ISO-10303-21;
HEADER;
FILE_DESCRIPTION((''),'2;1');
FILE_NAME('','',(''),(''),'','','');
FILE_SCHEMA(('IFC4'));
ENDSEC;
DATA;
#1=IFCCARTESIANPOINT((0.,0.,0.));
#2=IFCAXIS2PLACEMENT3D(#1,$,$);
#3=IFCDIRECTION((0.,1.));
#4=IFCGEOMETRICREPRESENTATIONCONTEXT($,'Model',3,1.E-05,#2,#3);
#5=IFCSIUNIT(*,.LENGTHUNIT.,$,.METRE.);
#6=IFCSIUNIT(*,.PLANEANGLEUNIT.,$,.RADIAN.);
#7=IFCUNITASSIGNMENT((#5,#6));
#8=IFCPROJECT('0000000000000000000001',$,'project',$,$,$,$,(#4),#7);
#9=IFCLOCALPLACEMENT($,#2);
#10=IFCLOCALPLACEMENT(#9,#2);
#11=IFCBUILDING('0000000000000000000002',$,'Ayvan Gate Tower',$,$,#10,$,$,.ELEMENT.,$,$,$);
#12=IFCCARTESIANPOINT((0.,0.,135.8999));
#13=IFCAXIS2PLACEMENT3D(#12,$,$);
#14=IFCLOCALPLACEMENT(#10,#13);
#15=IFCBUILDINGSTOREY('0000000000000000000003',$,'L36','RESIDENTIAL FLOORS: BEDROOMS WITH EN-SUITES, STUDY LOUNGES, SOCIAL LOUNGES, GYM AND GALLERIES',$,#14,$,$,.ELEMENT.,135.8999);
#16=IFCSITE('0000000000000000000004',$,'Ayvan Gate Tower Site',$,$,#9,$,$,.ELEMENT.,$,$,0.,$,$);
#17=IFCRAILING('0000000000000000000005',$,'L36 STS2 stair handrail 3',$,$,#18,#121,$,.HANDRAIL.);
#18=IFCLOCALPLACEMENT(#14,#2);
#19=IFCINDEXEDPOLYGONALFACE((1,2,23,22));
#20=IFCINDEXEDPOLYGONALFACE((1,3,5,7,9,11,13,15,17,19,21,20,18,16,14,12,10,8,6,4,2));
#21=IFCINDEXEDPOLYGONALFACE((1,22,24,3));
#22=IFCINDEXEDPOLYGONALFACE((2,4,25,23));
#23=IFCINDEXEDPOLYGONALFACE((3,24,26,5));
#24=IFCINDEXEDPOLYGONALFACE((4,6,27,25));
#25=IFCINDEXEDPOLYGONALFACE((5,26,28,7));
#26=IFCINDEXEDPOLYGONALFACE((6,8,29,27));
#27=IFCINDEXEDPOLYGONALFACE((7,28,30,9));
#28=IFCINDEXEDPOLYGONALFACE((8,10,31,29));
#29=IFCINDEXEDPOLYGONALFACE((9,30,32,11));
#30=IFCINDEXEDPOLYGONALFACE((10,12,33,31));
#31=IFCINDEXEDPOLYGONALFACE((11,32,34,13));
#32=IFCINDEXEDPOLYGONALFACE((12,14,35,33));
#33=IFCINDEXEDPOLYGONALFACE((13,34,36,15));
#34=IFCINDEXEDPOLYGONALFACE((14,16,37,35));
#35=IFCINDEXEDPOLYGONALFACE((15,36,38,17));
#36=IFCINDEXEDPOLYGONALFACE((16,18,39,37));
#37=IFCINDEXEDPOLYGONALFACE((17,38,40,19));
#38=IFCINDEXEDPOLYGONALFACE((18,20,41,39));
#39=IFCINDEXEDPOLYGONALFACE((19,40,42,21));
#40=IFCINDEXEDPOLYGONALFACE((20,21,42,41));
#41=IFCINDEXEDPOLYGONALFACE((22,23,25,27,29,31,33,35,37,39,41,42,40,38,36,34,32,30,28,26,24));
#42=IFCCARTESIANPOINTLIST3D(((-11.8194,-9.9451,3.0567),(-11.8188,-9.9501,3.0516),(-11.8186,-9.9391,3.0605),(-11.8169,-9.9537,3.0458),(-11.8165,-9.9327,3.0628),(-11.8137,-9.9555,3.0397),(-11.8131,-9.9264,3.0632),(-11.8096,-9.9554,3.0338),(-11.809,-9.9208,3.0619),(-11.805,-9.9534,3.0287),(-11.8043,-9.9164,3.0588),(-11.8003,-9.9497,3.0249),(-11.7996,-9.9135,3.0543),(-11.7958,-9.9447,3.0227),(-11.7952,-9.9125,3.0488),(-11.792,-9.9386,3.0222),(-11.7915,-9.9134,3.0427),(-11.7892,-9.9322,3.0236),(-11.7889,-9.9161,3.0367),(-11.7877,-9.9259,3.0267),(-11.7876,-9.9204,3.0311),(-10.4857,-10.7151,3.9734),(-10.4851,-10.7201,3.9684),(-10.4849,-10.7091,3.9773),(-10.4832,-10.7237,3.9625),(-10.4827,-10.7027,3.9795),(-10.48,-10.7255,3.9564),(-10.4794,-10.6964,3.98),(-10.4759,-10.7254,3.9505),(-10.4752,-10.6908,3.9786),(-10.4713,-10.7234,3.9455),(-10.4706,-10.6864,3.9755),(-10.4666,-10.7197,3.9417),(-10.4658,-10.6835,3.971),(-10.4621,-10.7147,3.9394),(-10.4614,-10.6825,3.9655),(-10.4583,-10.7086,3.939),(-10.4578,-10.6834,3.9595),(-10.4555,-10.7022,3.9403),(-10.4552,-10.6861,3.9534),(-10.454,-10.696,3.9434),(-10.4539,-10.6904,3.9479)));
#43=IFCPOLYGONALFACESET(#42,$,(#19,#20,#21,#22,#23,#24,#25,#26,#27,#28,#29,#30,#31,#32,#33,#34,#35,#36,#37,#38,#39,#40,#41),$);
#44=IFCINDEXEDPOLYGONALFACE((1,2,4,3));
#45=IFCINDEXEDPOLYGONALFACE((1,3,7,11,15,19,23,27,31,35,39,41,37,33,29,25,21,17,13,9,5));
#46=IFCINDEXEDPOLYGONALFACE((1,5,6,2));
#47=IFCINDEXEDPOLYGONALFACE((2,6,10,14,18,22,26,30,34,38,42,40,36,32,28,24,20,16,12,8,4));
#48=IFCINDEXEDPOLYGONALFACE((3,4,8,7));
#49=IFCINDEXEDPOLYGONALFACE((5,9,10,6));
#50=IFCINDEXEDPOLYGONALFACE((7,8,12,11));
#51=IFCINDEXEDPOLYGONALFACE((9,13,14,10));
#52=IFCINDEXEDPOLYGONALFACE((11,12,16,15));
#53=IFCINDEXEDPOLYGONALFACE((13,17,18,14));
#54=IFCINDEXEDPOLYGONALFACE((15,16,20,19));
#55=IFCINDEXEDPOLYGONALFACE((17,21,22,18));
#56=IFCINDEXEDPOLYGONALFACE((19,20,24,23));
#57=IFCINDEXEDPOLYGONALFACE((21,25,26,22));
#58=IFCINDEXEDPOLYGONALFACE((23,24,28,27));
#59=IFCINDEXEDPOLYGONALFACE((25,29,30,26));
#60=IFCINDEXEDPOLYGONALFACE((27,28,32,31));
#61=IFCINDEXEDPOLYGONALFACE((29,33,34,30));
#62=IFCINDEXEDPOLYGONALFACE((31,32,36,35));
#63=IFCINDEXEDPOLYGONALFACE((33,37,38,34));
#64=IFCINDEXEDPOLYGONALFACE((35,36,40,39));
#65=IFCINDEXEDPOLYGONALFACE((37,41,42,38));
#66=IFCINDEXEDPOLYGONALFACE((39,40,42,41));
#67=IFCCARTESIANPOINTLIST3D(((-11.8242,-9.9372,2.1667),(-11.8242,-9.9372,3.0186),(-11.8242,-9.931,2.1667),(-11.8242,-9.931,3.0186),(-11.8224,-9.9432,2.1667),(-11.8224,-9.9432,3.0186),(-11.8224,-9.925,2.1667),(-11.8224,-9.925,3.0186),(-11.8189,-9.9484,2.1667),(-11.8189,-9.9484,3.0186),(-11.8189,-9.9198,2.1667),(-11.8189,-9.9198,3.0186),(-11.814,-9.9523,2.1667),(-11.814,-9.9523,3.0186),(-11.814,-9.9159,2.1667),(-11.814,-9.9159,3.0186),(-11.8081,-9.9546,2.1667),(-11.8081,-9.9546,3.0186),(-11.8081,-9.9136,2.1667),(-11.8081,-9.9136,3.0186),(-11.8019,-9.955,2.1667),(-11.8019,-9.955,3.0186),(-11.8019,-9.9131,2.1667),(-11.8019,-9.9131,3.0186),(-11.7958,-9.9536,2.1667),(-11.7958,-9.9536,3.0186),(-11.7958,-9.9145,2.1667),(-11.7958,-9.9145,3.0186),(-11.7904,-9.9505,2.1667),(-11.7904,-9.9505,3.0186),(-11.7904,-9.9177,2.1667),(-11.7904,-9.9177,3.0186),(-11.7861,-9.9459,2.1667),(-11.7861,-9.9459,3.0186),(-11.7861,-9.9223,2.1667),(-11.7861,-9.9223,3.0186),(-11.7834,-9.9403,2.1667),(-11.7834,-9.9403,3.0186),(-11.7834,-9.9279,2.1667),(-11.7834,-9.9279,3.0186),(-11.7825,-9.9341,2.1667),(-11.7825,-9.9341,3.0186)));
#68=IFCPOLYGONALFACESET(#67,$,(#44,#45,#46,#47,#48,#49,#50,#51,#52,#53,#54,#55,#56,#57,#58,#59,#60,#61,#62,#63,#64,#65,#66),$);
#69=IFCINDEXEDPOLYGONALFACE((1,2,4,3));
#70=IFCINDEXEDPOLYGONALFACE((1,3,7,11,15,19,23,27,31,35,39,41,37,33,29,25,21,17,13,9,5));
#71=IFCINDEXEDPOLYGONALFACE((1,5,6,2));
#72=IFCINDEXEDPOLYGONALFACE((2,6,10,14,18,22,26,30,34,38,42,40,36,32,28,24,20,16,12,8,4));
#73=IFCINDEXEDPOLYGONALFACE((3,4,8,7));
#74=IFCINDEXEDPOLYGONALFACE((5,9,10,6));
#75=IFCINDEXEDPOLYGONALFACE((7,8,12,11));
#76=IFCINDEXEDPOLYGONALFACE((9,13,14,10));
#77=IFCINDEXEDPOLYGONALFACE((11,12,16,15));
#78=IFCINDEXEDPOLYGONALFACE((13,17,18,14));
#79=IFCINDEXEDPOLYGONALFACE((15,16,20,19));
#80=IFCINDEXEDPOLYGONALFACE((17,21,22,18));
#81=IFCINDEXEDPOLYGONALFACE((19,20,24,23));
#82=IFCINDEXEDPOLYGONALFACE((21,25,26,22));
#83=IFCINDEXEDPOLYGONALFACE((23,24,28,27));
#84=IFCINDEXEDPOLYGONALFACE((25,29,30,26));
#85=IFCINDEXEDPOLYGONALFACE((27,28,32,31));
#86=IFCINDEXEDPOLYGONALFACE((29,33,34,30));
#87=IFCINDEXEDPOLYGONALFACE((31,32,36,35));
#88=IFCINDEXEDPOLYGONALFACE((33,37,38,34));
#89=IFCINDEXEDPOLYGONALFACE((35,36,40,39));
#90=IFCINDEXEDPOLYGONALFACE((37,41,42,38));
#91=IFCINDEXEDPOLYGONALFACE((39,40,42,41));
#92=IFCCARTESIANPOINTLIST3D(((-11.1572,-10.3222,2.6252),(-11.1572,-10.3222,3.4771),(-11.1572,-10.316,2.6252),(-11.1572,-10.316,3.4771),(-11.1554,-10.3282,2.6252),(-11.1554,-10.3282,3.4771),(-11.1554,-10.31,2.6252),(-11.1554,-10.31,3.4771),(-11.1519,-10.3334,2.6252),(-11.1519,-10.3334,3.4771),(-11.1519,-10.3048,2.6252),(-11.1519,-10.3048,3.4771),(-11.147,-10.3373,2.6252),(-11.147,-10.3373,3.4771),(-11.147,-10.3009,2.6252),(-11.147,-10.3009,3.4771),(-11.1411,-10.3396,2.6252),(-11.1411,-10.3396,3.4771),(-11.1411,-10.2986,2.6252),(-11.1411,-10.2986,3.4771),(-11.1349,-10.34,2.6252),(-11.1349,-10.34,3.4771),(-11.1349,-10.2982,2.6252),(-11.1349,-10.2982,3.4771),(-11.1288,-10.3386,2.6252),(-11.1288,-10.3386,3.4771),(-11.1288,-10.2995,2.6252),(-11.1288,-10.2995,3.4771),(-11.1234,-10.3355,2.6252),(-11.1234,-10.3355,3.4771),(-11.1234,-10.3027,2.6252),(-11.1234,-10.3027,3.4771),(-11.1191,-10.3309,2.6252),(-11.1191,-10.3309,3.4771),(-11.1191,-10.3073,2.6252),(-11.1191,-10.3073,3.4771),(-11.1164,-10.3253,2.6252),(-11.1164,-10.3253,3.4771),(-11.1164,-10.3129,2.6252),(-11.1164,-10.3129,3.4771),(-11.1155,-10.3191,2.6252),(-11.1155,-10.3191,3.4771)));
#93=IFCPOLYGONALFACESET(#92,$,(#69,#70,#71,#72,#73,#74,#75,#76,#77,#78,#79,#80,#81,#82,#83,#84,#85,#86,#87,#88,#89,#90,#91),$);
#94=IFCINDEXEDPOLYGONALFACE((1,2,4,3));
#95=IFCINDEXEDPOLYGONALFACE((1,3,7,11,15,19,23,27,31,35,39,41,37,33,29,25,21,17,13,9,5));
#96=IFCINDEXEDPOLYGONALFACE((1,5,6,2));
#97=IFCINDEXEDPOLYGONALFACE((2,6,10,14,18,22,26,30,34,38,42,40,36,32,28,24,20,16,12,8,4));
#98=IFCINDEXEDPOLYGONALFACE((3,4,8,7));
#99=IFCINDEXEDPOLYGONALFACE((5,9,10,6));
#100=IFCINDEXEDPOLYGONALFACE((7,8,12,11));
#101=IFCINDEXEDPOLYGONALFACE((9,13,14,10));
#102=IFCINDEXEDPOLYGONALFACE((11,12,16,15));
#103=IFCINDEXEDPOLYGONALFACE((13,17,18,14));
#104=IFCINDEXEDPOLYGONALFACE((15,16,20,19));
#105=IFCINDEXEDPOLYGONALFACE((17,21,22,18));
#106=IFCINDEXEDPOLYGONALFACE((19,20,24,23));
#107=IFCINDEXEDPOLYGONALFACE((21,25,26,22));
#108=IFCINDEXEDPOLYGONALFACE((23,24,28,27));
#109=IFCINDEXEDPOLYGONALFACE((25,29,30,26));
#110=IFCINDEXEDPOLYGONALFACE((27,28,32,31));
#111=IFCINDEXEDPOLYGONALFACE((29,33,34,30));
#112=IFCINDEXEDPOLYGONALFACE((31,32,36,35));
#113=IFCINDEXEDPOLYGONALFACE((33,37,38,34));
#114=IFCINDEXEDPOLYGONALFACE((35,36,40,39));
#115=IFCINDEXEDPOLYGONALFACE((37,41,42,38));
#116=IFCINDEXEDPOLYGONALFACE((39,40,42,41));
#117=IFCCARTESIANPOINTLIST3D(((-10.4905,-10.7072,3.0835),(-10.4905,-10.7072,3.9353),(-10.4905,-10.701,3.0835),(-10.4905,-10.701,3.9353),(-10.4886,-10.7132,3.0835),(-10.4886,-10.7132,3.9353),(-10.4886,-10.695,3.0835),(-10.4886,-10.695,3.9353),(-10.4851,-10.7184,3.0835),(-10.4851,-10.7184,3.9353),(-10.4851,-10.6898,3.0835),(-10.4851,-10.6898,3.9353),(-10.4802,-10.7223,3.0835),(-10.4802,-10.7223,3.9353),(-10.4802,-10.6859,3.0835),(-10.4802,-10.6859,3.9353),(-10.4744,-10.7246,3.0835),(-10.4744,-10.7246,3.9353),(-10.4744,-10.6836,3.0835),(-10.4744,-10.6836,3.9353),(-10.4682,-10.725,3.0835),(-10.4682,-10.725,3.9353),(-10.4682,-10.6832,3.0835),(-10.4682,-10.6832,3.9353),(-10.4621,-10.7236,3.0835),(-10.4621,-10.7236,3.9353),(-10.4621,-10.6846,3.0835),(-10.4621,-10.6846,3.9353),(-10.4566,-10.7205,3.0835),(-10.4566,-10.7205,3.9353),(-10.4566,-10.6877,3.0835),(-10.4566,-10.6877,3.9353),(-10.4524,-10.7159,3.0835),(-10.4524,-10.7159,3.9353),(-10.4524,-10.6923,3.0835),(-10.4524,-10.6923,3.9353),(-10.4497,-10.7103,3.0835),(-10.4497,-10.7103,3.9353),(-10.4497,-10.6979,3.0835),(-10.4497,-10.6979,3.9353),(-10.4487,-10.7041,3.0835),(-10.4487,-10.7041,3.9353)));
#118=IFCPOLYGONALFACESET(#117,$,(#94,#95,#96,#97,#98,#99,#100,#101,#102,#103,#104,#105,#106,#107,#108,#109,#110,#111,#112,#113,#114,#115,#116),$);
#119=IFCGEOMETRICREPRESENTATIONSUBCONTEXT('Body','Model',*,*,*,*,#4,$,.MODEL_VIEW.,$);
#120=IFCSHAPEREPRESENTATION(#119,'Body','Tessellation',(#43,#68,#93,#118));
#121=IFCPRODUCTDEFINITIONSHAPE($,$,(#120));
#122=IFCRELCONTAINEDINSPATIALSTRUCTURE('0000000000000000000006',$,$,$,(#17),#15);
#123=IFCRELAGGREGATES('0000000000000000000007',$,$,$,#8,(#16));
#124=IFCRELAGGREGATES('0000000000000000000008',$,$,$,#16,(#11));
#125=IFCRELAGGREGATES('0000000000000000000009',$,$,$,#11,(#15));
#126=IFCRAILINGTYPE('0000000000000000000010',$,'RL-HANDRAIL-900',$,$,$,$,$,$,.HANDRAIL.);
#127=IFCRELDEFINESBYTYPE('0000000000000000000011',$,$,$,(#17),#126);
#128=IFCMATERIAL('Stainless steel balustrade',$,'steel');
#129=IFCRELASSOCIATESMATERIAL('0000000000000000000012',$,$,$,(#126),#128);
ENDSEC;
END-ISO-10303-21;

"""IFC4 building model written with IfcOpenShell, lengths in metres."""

from ifc_helpers import new_model, si_unit, direction, frame, origin, origin_2d, place, context, subcontext, project, spatial, circle, extrude, material, type_object, element, save


model = new_model("IFC4")

# Units and contexts
model_context = context("Model", 3, precision=1e-05, world=origin(), true_north=direction((0.0, 1.0)))
body_context = subcontext(model_context, "Body", "Model", "MODEL_VIEW")
ifc_project = project(units=[si_unit("LENGTHUNIT", "METRE"), si_unit("PLANEANGLEUNIT", "RADIAN")], contexts=[model_context])

# Site, building, storey
site_placement = place(None, origin())
site = spatial("IfcSite", under=ifc_project, at=site_placement, Name="Ayvan Gate Tower Site", CompositionType="ELEMENT", RefElevation=0.0)
building_placement = place(site_placement, origin())
building = spatial("IfcBuilding", under=site, at=building_placement, Name="Ayvan Gate Tower", CompositionType="ELEMENT")
storey_placement = place(building_placement, frame((0.0, 0.0, 135.8999)))
storey = spatial("IfcBuildingStorey", under=building, at=storey_placement, Name="L36", Description="RESIDENTIAL FLOORS: BEDROOMS WITH EN-SUITES, STUDY LOUNGES, SOCIAL LOUNGES, GYM AND GALLERIES", CompositionType="ELEMENT", Elevation=135.8999)

# Railing
ifc_material_1 = material(Name="Stainless steel balustrade", Category="steel")
railing_type_1 = type_object("IfcRailingType", Name="RL-HANDRAIL-900", PredefinedType="HANDRAIL", material=ifc_material_1)
railing_1_placement = place(storey_placement, frame((-11.8035, -9.9341, 2.1667)))
element("IfcRailing", 1, at=railing_1_placement, inside=storey, type_object=railing_type_1, Name="L36 STS2 stair handrail 3", PredefinedType="HANDRAIL", context=body_context, shape_type="SweptSolid", body=[
    extrude(circle(Radius=0.0239, at=origin_2d()), frame((0.0, 0.0, 0.876), z_axis=(0.744164, -0.429634, 0.511502), x_axis=(0.499992, 0.86603, 0.0)), (0.0, 0.0, 1.0), 1.7922),
    extrude(circle(Radius=0.021, at=origin_2d()), origin(), (0.0, 0.0, 1.0), 0.8518),
    extrude(circle(Radius=0.021, at=origin_2d()), frame((0.667, -0.385, 0.4585)), (0.0, 0.0, 1.0), 0.8518),
    extrude(circle(Radius=0.021, at=origin_2d()), frame((1.3337, -0.77, 0.9167)), (0.0, 0.0, 1.0), 0.8518),
])

save(model, "model.ifc")
